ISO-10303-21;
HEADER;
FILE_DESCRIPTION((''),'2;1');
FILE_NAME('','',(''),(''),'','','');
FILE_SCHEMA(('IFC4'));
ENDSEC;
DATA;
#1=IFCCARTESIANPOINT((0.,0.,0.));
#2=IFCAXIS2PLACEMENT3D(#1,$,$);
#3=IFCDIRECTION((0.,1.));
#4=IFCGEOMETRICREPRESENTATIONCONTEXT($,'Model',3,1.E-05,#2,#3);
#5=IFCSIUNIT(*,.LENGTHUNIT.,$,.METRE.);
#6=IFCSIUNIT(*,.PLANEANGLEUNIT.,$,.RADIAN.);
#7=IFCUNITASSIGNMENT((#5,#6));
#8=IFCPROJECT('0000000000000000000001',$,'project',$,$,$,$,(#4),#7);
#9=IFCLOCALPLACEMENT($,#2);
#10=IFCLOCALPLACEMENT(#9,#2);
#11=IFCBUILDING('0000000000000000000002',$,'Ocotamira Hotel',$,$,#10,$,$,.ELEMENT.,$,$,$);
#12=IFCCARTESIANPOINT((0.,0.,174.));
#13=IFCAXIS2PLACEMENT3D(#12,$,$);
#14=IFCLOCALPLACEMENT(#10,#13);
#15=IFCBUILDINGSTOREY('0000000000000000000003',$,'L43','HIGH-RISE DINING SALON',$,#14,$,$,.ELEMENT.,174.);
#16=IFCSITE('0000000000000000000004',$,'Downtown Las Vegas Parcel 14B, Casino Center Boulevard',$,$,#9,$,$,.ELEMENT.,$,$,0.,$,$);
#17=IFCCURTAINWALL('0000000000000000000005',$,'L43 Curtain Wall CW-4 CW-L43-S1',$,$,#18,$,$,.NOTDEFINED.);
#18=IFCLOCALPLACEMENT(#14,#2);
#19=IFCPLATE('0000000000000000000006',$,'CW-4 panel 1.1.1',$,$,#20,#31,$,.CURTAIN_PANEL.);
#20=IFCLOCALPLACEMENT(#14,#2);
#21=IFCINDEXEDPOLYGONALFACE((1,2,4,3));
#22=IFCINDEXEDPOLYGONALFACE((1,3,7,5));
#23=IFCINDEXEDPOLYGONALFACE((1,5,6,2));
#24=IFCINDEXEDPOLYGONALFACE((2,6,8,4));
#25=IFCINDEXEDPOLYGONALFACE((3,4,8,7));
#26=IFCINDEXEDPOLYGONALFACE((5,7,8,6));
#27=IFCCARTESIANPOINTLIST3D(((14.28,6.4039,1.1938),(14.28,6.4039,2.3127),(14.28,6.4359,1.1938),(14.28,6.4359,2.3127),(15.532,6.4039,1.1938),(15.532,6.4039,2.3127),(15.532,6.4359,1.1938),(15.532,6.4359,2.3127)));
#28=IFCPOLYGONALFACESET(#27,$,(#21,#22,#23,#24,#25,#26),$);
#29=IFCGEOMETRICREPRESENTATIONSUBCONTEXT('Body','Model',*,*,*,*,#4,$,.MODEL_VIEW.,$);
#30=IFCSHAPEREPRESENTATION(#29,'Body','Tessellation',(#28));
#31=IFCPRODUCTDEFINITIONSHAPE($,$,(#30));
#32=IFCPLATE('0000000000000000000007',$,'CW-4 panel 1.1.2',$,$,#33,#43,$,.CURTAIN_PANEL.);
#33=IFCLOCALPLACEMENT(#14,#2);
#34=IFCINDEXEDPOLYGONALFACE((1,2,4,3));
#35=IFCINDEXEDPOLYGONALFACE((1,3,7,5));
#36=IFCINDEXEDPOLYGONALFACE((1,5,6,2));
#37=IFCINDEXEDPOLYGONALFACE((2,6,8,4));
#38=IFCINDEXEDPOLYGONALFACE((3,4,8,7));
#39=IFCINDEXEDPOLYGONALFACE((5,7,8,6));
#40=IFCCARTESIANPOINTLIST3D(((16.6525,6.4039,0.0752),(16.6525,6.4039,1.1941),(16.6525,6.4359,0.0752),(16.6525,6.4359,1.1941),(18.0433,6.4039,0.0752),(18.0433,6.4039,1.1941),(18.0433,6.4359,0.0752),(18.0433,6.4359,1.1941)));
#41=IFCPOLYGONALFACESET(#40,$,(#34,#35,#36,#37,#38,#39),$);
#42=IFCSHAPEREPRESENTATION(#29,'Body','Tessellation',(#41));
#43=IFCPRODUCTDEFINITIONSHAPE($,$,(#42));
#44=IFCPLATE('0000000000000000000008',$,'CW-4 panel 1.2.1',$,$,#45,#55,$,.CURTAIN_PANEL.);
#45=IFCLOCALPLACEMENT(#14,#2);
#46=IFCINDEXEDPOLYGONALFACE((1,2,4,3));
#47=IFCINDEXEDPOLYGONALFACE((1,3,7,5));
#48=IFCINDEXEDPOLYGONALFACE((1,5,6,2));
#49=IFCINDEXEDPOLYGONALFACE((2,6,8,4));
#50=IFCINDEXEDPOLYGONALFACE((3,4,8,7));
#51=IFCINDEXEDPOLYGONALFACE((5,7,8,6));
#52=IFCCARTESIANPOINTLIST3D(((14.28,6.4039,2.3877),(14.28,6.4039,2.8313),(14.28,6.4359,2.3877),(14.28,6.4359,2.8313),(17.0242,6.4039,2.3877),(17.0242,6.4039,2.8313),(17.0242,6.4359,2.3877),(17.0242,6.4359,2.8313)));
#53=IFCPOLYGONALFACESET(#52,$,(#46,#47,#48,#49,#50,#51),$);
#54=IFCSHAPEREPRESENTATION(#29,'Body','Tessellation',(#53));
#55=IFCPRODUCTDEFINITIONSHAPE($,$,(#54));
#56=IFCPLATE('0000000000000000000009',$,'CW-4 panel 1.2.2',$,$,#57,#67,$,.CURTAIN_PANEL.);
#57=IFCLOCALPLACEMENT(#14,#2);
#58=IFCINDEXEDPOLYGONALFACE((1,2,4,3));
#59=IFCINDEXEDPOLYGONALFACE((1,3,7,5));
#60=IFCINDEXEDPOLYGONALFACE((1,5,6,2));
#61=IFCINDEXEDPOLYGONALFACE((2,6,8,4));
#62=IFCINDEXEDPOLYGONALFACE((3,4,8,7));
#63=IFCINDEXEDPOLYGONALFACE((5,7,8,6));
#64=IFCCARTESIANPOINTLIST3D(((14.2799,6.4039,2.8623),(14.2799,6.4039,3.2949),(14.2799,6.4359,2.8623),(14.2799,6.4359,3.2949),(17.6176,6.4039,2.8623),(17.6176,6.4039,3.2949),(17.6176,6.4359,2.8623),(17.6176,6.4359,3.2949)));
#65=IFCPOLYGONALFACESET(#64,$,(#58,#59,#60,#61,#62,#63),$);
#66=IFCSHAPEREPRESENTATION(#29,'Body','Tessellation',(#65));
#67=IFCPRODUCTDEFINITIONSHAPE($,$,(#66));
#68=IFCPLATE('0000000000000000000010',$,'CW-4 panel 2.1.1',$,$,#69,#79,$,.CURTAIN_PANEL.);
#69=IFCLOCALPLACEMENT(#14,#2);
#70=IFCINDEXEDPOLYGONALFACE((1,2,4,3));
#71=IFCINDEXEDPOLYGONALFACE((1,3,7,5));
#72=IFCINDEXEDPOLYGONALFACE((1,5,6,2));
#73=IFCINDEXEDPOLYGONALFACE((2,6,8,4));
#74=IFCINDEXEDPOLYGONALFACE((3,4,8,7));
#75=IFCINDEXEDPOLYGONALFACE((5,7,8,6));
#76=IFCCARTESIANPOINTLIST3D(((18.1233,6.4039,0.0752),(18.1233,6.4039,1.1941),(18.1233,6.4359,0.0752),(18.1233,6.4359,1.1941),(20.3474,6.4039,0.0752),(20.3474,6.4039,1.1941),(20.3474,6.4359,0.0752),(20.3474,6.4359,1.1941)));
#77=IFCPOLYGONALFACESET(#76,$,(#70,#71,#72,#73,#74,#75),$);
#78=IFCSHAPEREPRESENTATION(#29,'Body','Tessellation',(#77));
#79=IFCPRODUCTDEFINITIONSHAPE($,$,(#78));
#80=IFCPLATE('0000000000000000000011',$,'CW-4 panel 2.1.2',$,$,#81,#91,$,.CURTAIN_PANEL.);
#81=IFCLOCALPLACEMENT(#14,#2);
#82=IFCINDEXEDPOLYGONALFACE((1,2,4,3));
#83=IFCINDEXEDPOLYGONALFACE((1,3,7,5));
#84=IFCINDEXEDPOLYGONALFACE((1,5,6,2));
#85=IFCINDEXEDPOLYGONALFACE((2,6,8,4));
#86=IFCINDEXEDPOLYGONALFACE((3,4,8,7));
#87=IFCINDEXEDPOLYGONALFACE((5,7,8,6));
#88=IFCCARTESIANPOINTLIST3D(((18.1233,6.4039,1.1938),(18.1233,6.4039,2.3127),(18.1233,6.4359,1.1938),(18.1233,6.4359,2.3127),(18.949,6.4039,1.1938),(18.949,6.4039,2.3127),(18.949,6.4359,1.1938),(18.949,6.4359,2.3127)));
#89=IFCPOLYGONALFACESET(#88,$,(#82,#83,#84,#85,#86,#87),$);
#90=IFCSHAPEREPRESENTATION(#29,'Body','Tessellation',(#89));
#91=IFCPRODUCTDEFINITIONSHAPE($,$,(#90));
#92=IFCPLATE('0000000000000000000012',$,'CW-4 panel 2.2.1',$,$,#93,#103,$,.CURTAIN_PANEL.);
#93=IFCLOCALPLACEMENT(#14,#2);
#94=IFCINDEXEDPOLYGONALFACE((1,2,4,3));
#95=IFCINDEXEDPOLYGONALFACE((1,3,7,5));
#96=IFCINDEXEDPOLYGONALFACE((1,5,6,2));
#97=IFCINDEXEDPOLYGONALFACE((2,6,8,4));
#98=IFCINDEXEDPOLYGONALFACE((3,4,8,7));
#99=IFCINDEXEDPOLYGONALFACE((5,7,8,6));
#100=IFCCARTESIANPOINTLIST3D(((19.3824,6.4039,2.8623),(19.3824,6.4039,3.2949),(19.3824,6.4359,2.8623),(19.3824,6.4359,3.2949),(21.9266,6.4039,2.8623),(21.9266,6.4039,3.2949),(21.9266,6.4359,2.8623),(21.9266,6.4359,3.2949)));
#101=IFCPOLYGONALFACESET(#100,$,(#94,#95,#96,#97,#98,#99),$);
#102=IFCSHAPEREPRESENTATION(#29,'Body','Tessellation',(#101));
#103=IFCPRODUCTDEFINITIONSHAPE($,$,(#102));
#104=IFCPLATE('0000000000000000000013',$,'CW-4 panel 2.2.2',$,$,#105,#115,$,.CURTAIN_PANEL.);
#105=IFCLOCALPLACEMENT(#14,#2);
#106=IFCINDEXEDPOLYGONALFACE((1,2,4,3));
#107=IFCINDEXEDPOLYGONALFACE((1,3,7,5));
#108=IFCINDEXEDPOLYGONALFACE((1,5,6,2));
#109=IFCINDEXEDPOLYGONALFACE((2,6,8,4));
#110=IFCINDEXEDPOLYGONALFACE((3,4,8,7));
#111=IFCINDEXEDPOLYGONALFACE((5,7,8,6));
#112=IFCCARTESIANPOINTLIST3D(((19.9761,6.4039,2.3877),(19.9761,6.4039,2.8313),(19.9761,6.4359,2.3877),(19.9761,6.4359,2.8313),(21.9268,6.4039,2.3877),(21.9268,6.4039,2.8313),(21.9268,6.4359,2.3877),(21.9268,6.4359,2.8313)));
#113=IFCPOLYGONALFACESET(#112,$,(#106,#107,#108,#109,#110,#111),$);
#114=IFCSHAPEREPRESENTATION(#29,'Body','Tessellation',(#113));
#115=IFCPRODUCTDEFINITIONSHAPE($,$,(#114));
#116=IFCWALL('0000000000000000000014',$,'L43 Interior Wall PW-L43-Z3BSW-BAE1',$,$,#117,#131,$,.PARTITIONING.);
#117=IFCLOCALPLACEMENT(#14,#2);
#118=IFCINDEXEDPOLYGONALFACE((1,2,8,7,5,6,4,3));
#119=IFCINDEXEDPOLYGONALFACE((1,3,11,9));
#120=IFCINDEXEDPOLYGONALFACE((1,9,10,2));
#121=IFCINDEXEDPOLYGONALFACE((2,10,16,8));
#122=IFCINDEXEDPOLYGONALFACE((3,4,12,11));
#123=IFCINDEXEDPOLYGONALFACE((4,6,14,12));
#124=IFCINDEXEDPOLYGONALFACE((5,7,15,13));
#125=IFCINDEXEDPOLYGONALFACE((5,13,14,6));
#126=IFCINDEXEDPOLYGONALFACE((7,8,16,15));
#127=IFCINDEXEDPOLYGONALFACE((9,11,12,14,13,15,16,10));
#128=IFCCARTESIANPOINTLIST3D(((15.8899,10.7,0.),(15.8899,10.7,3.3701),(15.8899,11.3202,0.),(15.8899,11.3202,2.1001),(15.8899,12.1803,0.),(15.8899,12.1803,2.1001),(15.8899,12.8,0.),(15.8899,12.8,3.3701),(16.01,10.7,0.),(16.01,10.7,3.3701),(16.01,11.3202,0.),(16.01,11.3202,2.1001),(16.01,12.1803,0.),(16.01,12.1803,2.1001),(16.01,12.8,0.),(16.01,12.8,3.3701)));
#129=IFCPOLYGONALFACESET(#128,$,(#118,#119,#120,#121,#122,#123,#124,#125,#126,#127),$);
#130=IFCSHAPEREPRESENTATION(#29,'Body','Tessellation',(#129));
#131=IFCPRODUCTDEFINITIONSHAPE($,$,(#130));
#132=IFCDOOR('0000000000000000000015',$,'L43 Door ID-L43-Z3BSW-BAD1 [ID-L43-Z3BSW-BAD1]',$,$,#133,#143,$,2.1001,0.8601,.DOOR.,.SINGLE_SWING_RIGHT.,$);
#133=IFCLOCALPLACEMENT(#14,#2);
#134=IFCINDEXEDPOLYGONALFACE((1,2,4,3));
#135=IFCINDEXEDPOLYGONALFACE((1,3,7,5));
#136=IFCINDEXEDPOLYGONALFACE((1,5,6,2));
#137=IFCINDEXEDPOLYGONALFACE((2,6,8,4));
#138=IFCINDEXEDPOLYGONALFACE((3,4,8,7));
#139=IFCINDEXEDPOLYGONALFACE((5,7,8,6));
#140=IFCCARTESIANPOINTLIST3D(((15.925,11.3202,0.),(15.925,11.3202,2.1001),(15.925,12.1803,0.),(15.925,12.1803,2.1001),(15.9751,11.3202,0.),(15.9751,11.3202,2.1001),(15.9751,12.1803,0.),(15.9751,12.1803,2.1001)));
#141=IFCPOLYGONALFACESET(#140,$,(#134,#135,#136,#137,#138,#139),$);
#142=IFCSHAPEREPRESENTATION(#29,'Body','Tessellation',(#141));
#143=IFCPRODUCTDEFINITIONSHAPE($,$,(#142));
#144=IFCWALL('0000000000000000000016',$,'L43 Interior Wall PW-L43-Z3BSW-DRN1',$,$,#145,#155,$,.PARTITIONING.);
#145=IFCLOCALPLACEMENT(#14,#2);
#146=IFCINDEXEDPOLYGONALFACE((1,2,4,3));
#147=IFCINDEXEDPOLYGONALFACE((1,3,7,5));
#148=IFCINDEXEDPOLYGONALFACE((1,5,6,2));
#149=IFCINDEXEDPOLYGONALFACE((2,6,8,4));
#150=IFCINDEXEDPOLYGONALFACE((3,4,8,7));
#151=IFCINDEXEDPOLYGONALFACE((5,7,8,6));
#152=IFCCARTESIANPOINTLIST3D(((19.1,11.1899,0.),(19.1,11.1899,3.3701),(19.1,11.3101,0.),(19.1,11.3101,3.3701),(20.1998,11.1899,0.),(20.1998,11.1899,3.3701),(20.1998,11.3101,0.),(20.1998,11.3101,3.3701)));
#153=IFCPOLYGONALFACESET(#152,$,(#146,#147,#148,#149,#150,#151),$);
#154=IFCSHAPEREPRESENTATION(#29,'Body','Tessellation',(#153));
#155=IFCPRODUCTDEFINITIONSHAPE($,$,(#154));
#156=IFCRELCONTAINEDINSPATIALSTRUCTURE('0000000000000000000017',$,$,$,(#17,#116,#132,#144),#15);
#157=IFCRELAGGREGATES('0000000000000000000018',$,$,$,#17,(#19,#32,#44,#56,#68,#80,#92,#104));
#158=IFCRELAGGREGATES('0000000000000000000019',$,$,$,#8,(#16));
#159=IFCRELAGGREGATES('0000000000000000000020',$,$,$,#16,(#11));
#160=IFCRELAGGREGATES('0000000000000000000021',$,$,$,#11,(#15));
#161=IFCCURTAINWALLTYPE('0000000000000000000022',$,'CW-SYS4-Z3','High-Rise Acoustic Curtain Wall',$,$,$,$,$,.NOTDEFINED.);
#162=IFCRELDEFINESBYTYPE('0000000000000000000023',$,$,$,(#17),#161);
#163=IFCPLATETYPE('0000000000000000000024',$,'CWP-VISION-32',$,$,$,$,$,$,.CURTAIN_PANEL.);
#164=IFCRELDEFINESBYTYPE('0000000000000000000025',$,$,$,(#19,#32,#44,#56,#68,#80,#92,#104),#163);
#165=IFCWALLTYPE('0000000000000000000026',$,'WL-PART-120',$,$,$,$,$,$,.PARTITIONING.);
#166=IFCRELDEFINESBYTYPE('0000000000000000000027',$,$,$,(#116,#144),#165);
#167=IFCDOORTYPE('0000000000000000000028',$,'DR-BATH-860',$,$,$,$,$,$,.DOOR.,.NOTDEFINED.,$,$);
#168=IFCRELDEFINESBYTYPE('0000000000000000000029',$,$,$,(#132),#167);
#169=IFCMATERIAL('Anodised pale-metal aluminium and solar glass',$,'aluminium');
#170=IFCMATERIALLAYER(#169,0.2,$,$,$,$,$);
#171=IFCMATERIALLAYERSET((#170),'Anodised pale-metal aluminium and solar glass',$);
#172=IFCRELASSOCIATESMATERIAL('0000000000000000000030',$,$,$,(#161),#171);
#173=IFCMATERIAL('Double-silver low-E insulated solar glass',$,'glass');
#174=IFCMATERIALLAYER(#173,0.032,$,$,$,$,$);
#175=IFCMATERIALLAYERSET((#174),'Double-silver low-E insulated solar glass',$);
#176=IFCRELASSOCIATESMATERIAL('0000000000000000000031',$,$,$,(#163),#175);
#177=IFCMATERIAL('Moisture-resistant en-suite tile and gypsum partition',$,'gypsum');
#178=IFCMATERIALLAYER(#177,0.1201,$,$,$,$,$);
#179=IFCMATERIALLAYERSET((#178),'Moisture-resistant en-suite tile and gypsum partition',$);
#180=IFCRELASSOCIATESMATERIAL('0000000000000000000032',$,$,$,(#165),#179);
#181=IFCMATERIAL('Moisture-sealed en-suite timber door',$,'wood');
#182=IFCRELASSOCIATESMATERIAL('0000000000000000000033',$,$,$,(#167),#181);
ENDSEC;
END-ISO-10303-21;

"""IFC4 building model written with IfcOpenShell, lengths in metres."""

from ifc_helpers import new_model, si_unit, direction, frame, frame_2d, origin, origin_2d, place, context, subcontext, project, spatial, rectangle, extrude, source, transform, mapped, material, layer, layer_set, type_object, element, fill, aggregate, save


model = new_model("IFC4")

# Units and contexts
model_context = context("Model", 3, precision=1e-05, world=origin(), true_north=direction((0.0, 1.0)))
body_context = subcontext(model_context, "Body", "Model", "MODEL_VIEW")
ifc_project = project(units=[si_unit("LENGTHUNIT", "METRE"), si_unit("PLANEANGLEUNIT", "RADIAN")], contexts=[model_context])

# Site, building, storey
site_placement = place(None, origin())
site = spatial("IfcSite", under=ifc_project, at=site_placement, Name="Downtown Las Vegas Parcel 14B, Casino Center Boulevard", CompositionType="ELEMENT", RefElevation=0.0)
building_placement = place(site_placement, origin())
building = spatial("IfcBuilding", under=site, at=building_placement, Name="Ocotamira Hotel", CompositionType="ELEMENT")
storey_placement = place(building_placement, frame((0.0, 0.0, 174.0)))
storey = spatial("IfcBuildingStorey", under=building, at=storey_placement, Name="L43", Description="HIGH-RISE DINING SALON", CompositionType="ELEMENT", Elevation=174.0)

# Curtain wall
ifc_material_1 = material(Name="Anodised pale-metal aluminium and solar glass", Category="aluminium")
ifc_layer_1 = layer(ifc_material_1, 0.2)
ifc_layer_set_1 = layer_set([ifc_layer_1], Name="Anodised pale-metal aluminium and solar glass")
curtain_wall_type = type_object("IfcCurtainWallType", Name="CW-SYS4-Z3", Description="High-Rise Acoustic Curtain Wall", PredefinedType="NOTDEFINED", material=ifc_layer_set_1)
curtain_wall_placement = place(storey_placement, origin())
curtain_wall = element("IfcCurtainWall", 1, at=curtain_wall_placement, inside=storey, type_object=curtain_wall_type, Name="L43 Curtain Wall CW-4 CW-L43-S1", PredefinedType="NOTDEFINED")

# Plates
ifc_material_2 = material(Name="Double-silver low-E insulated solar glass", Category="glass")
ifc_layer_2 = layer(ifc_material_2, 0.032)
ifc_layer_set_2 = layer_set([ifc_layer_2], Name="Double-silver low-E insulated solar glass")
plate_type_1 = type_object("IfcPlateType", Name="CWP-VISION-32", PredefinedType="CURTAIN_PANEL", material=ifc_layer_set_2)
shared_shape_1 = source(origin(), body_context, "Body", "SweptSolid", [
    extrude(rectangle(XDim=1.252, YDim=0.032, at=origin_2d()), origin(), (0.0, 0.0, 1.0), 1.1189),
])
plate_1_placement = place(storey_placement, frame((14.906, 6.4199, 1.1938), z_axis=(0.0, 0.0, 1.0), x_axis=(1.0, 0.0, 0.0)))
plate_1 = element("IfcPlate", 2, at=plate_1_placement, type_object=plate_type_1, Name="CW-4 panel 1.1.1", PredefinedType="CURTAIN_PANEL", context=body_context, shape_type="MappedRepresentation", body=[
    mapped(shared_shape_1, transform((0.0, 0.0, 0.0), scale=1.0)),
])
shared_shape_2 = source(origin(), body_context, "Body", "SweptSolid", [
    extrude(rectangle(XDim=1.3909, YDim=0.032, at=origin_2d()), origin(), (0.0, 0.0, 1.0), 1.1189),
])
plate_2_placement = place(storey_placement, frame((17.3479, 6.4199, 0.0752), z_axis=(0.0, 0.0, 1.0), x_axis=(1.0, 0.0, 0.0)))
plate_2 = element("IfcPlate", 3, at=plate_2_placement, type_object=plate_type_1, Name="CW-4 panel 1.1.2", PredefinedType="CURTAIN_PANEL", context=body_context, shape_type="MappedRepresentation", body=[
    mapped(shared_shape_2, transform((0.0, 0.0, 0.0), scale=1.0)),
])
shared_shape_3 = source(origin(), body_context, "Body", "SweptSolid", [
    extrude(rectangle(XDim=2.7441, YDim=0.032, at=origin_2d()), origin(), (0.0, 0.0, 1.0), 0.4436),
])
plate_3_placement = place(storey_placement, frame((15.6521, 6.4199, 2.3877), z_axis=(0.0, 0.0, 1.0), x_axis=(1.0, 0.0, 0.0)))
plate_3 = element("IfcPlate", 4, at=plate_3_placement, type_object=plate_type_1, Name="CW-4 panel 1.2.1", PredefinedType="CURTAIN_PANEL", context=body_context, shape_type="MappedRepresentation", body=[
    mapped(shared_shape_3, transform((0.0, 0.0, 0.0), scale=1.0)),
])
shared_shape_4 = source(origin(), body_context, "Body", "SweptSolid", [
    extrude(rectangle(XDim=3.3376, YDim=0.032, at=origin_2d()), origin(), (0.0, 0.0, 1.0), 0.4326),
])
plate_4_placement = place(storey_placement, frame((15.9487, 6.4199, 2.8623), z_axis=(0.0, 0.0, 1.0), x_axis=(1.0, 0.0, 0.0)))
plate_4 = element("IfcPlate", 5, at=plate_4_placement, type_object=plate_type_1, Name="CW-4 panel 1.2.2", PredefinedType="CURTAIN_PANEL", context=body_context, shape_type="MappedRepresentation", body=[
    mapped(shared_shape_4, transform((0.0, 0.0, 0.0), scale=1.0)),
])
shared_shape_5 = source(origin(), body_context, "Body", "SweptSolid", [
    extrude(rectangle(XDim=2.2241, YDim=0.032, at=origin_2d()), origin(), (0.0, 0.0, 1.0), 1.1189),
])
plate_5_placement = place(storey_placement, frame((19.2354, 6.4199, 0.0752), z_axis=(0.0, 0.0, 1.0), x_axis=(1.0, 0.0, 0.0)))
plate_5 = element("IfcPlate", 6, at=plate_5_placement, type_object=plate_type_1, Name="CW-4 panel 2.1.1", PredefinedType="CURTAIN_PANEL", context=body_context, shape_type="MappedRepresentation", body=[
    mapped(shared_shape_5, transform((0.0, 0.0, 0.0), scale=1.0)),
])
shared_shape_6 = source(origin(), body_context, "Body", "SweptSolid", [
    extrude(rectangle(XDim=0.8257, YDim=0.032, at=origin_2d()), origin(), (0.0, 0.0, 1.0), 1.1189),
])
plate_6_placement = place(storey_placement, frame((18.5361, 6.4199, 1.1938), z_axis=(0.0, 0.0, 1.0), x_axis=(1.0, 0.0, 0.0)))
plate_6 = element("IfcPlate", 7, at=plate_6_placement, type_object=plate_type_1, Name="CW-4 panel 2.1.2", PredefinedType="CURTAIN_PANEL", context=body_context, shape_type="MappedRepresentation", body=[
    mapped(shared_shape_6, transform((0.0, 0.0, 0.0), scale=1.0)),
])
shared_shape_7 = source(origin(), body_context, "Body", "SweptSolid", [
    extrude(rectangle(XDim=2.5442, YDim=0.032, at=origin_2d()), origin(), (0.0, 0.0, 1.0), 0.4326),
])
plate_7_placement = place(storey_placement, frame((20.6545, 6.4199, 2.8623), z_axis=(0.0, 0.0, 1.0), x_axis=(1.0, 0.0, 0.0)))
plate_7 = element("IfcPlate", 8, at=plate_7_placement, type_object=plate_type_1, Name="CW-4 panel 2.2.1", PredefinedType="CURTAIN_PANEL", context=body_context, shape_type="MappedRepresentation", body=[
    mapped(shared_shape_7, transform((0.0, 0.0, 0.0), scale=1.0)),
])
shared_shape_8 = source(origin(), body_context, "Body", "SweptSolid", [
    extrude(rectangle(XDim=1.9507, YDim=0.032, at=origin_2d()), origin(), (0.0, 0.0, 1.0), 0.4436),
])
plate_8_placement = place(storey_placement, frame((20.9514, 6.4199, 2.3877), z_axis=(0.0, 0.0, 1.0), x_axis=(1.0, 0.0, 0.0)))
plate_8 = element("IfcPlate", 9, at=plate_8_placement, type_object=plate_type_1, Name="CW-4 panel 2.2.2", PredefinedType="CURTAIN_PANEL", context=body_context, shape_type="MappedRepresentation", body=[
    mapped(shared_shape_8, transform((0.0, 0.0, 0.0), scale=1.0)),
])
aggregate(curtain_wall, [plate_1, plate_2, plate_3, plate_4, plate_5, plate_6, plate_7, plate_8])

# Wall, opening, door
ifc_material_3 = material(Name="Moisture-resistant en-suite tile and gypsum partition", Category="gypsum")
ifc_layer_3 = layer(ifc_material_3, 0.1201)
ifc_layer_set_3 = layer_set([ifc_layer_3], Name="Moisture-resistant en-suite tile and gypsum partition")
wall_type_1 = type_object("IfcWallType", Name="WL-PART-120", PredefinedType="PARTITIONING", material=ifc_layer_set_3)
wall_1_placement = place(storey_placement, frame((15.95, 10.7, 0.0), z_axis=(0.0, 0.0, 1.0), x_axis=(0.0, 1.0, 0.0)))
wall_1 = element("IfcWall", 10, at=wall_1_placement, inside=storey, type_object=wall_type_1, Name="L43 Interior Wall PW-L43-Z3BSW-BAE1", PredefinedType="PARTITIONING", context=body_context, shape_type="SweptSolid", body=[
    extrude(rectangle(XDim=2.1001, YDim=0.1201, at=frame_2d((1.05, 0.0))), origin(), (0.0, 0.0, 1.0), 3.3701),
])
opening_1_placement = place(wall_1_placement, frame((0.6201, 0.0, 0.0)))
opening_1 = element("IfcOpeningElement", 11, at=opening_1_placement, cuts=wall_1, PredefinedType="OPENING", context=body_context, shape_type="SweptSolid", body=[
    extrude(rectangle(XDim=0.8601, YDim=2.1001, at=frame_2d((0.4302, 1.05))), frame((0.0, 0.0701, 0.0), z_axis=(0.0, -1.0, 0.0), x_axis=(1.0, 0.0, 0.0)), (0.0, 0.0, 1.0), 0.1401),
])
ifc_material_4 = material(Name="Moisture-sealed en-suite timber door", Category="wood")
door_type = type_object("IfcDoorType", Name="DR-BATH-860", OperationType="NOTDEFINED", PredefinedType="DOOR", material=ifc_material_4)
shared_shape_9 = source(origin(), body_context, "Body", "SweptSolid", [
    extrude(rectangle(XDim=0.8601, YDim=2.1001, at=frame_2d((0.4302, 1.05))), frame((0.0, 0.0249, 0.0), z_axis=(0.0, -1.0, 0.0), x_axis=(1.0, 0.0, 0.0)), (0.0, 0.0, 1.0), 0.05),
])
door_1_placement = place(opening_1_placement, origin())
door_1 = element("IfcDoor", 12, at=door_1_placement, inside=storey, type_object=door_type, Name="L43 Door ID-L43-Z3BSW-BAD1 [ID-L43-Z3BSW-BAD1]", OperationType="SINGLE_SWING_RIGHT", OverallHeight=2.1001, OverallWidth=0.8601, PredefinedType="DOOR", context=body_context, shape_type="MappedRepresentation", body=[
    mapped(shared_shape_9, transform((0.0, 0.0, 0.0), scale=1.0)),
])
fill(opening_1, door_1)

# Wall
wall_2_placement = place(storey_placement, frame((19.1001, 11.25, 0.0), z_axis=(0.0, 0.0, 1.0), x_axis=(1.0, 0.0, 0.0)))
element("IfcWall", 13, at=wall_2_placement, inside=storey, type_object=wall_type_1, Name="L43 Interior Wall PW-L43-Z3BSW-DRN1", PredefinedType="PARTITIONING", context=body_context, shape_type="SweptSolid", body=[
    extrude(rectangle(XDim=1.0999, YDim=0.1201, at=frame_2d((0.5498, 0.0))), origin(), (0.0, 0.0, 1.0), 3.3701),
])

save(model, "model.ifc")
